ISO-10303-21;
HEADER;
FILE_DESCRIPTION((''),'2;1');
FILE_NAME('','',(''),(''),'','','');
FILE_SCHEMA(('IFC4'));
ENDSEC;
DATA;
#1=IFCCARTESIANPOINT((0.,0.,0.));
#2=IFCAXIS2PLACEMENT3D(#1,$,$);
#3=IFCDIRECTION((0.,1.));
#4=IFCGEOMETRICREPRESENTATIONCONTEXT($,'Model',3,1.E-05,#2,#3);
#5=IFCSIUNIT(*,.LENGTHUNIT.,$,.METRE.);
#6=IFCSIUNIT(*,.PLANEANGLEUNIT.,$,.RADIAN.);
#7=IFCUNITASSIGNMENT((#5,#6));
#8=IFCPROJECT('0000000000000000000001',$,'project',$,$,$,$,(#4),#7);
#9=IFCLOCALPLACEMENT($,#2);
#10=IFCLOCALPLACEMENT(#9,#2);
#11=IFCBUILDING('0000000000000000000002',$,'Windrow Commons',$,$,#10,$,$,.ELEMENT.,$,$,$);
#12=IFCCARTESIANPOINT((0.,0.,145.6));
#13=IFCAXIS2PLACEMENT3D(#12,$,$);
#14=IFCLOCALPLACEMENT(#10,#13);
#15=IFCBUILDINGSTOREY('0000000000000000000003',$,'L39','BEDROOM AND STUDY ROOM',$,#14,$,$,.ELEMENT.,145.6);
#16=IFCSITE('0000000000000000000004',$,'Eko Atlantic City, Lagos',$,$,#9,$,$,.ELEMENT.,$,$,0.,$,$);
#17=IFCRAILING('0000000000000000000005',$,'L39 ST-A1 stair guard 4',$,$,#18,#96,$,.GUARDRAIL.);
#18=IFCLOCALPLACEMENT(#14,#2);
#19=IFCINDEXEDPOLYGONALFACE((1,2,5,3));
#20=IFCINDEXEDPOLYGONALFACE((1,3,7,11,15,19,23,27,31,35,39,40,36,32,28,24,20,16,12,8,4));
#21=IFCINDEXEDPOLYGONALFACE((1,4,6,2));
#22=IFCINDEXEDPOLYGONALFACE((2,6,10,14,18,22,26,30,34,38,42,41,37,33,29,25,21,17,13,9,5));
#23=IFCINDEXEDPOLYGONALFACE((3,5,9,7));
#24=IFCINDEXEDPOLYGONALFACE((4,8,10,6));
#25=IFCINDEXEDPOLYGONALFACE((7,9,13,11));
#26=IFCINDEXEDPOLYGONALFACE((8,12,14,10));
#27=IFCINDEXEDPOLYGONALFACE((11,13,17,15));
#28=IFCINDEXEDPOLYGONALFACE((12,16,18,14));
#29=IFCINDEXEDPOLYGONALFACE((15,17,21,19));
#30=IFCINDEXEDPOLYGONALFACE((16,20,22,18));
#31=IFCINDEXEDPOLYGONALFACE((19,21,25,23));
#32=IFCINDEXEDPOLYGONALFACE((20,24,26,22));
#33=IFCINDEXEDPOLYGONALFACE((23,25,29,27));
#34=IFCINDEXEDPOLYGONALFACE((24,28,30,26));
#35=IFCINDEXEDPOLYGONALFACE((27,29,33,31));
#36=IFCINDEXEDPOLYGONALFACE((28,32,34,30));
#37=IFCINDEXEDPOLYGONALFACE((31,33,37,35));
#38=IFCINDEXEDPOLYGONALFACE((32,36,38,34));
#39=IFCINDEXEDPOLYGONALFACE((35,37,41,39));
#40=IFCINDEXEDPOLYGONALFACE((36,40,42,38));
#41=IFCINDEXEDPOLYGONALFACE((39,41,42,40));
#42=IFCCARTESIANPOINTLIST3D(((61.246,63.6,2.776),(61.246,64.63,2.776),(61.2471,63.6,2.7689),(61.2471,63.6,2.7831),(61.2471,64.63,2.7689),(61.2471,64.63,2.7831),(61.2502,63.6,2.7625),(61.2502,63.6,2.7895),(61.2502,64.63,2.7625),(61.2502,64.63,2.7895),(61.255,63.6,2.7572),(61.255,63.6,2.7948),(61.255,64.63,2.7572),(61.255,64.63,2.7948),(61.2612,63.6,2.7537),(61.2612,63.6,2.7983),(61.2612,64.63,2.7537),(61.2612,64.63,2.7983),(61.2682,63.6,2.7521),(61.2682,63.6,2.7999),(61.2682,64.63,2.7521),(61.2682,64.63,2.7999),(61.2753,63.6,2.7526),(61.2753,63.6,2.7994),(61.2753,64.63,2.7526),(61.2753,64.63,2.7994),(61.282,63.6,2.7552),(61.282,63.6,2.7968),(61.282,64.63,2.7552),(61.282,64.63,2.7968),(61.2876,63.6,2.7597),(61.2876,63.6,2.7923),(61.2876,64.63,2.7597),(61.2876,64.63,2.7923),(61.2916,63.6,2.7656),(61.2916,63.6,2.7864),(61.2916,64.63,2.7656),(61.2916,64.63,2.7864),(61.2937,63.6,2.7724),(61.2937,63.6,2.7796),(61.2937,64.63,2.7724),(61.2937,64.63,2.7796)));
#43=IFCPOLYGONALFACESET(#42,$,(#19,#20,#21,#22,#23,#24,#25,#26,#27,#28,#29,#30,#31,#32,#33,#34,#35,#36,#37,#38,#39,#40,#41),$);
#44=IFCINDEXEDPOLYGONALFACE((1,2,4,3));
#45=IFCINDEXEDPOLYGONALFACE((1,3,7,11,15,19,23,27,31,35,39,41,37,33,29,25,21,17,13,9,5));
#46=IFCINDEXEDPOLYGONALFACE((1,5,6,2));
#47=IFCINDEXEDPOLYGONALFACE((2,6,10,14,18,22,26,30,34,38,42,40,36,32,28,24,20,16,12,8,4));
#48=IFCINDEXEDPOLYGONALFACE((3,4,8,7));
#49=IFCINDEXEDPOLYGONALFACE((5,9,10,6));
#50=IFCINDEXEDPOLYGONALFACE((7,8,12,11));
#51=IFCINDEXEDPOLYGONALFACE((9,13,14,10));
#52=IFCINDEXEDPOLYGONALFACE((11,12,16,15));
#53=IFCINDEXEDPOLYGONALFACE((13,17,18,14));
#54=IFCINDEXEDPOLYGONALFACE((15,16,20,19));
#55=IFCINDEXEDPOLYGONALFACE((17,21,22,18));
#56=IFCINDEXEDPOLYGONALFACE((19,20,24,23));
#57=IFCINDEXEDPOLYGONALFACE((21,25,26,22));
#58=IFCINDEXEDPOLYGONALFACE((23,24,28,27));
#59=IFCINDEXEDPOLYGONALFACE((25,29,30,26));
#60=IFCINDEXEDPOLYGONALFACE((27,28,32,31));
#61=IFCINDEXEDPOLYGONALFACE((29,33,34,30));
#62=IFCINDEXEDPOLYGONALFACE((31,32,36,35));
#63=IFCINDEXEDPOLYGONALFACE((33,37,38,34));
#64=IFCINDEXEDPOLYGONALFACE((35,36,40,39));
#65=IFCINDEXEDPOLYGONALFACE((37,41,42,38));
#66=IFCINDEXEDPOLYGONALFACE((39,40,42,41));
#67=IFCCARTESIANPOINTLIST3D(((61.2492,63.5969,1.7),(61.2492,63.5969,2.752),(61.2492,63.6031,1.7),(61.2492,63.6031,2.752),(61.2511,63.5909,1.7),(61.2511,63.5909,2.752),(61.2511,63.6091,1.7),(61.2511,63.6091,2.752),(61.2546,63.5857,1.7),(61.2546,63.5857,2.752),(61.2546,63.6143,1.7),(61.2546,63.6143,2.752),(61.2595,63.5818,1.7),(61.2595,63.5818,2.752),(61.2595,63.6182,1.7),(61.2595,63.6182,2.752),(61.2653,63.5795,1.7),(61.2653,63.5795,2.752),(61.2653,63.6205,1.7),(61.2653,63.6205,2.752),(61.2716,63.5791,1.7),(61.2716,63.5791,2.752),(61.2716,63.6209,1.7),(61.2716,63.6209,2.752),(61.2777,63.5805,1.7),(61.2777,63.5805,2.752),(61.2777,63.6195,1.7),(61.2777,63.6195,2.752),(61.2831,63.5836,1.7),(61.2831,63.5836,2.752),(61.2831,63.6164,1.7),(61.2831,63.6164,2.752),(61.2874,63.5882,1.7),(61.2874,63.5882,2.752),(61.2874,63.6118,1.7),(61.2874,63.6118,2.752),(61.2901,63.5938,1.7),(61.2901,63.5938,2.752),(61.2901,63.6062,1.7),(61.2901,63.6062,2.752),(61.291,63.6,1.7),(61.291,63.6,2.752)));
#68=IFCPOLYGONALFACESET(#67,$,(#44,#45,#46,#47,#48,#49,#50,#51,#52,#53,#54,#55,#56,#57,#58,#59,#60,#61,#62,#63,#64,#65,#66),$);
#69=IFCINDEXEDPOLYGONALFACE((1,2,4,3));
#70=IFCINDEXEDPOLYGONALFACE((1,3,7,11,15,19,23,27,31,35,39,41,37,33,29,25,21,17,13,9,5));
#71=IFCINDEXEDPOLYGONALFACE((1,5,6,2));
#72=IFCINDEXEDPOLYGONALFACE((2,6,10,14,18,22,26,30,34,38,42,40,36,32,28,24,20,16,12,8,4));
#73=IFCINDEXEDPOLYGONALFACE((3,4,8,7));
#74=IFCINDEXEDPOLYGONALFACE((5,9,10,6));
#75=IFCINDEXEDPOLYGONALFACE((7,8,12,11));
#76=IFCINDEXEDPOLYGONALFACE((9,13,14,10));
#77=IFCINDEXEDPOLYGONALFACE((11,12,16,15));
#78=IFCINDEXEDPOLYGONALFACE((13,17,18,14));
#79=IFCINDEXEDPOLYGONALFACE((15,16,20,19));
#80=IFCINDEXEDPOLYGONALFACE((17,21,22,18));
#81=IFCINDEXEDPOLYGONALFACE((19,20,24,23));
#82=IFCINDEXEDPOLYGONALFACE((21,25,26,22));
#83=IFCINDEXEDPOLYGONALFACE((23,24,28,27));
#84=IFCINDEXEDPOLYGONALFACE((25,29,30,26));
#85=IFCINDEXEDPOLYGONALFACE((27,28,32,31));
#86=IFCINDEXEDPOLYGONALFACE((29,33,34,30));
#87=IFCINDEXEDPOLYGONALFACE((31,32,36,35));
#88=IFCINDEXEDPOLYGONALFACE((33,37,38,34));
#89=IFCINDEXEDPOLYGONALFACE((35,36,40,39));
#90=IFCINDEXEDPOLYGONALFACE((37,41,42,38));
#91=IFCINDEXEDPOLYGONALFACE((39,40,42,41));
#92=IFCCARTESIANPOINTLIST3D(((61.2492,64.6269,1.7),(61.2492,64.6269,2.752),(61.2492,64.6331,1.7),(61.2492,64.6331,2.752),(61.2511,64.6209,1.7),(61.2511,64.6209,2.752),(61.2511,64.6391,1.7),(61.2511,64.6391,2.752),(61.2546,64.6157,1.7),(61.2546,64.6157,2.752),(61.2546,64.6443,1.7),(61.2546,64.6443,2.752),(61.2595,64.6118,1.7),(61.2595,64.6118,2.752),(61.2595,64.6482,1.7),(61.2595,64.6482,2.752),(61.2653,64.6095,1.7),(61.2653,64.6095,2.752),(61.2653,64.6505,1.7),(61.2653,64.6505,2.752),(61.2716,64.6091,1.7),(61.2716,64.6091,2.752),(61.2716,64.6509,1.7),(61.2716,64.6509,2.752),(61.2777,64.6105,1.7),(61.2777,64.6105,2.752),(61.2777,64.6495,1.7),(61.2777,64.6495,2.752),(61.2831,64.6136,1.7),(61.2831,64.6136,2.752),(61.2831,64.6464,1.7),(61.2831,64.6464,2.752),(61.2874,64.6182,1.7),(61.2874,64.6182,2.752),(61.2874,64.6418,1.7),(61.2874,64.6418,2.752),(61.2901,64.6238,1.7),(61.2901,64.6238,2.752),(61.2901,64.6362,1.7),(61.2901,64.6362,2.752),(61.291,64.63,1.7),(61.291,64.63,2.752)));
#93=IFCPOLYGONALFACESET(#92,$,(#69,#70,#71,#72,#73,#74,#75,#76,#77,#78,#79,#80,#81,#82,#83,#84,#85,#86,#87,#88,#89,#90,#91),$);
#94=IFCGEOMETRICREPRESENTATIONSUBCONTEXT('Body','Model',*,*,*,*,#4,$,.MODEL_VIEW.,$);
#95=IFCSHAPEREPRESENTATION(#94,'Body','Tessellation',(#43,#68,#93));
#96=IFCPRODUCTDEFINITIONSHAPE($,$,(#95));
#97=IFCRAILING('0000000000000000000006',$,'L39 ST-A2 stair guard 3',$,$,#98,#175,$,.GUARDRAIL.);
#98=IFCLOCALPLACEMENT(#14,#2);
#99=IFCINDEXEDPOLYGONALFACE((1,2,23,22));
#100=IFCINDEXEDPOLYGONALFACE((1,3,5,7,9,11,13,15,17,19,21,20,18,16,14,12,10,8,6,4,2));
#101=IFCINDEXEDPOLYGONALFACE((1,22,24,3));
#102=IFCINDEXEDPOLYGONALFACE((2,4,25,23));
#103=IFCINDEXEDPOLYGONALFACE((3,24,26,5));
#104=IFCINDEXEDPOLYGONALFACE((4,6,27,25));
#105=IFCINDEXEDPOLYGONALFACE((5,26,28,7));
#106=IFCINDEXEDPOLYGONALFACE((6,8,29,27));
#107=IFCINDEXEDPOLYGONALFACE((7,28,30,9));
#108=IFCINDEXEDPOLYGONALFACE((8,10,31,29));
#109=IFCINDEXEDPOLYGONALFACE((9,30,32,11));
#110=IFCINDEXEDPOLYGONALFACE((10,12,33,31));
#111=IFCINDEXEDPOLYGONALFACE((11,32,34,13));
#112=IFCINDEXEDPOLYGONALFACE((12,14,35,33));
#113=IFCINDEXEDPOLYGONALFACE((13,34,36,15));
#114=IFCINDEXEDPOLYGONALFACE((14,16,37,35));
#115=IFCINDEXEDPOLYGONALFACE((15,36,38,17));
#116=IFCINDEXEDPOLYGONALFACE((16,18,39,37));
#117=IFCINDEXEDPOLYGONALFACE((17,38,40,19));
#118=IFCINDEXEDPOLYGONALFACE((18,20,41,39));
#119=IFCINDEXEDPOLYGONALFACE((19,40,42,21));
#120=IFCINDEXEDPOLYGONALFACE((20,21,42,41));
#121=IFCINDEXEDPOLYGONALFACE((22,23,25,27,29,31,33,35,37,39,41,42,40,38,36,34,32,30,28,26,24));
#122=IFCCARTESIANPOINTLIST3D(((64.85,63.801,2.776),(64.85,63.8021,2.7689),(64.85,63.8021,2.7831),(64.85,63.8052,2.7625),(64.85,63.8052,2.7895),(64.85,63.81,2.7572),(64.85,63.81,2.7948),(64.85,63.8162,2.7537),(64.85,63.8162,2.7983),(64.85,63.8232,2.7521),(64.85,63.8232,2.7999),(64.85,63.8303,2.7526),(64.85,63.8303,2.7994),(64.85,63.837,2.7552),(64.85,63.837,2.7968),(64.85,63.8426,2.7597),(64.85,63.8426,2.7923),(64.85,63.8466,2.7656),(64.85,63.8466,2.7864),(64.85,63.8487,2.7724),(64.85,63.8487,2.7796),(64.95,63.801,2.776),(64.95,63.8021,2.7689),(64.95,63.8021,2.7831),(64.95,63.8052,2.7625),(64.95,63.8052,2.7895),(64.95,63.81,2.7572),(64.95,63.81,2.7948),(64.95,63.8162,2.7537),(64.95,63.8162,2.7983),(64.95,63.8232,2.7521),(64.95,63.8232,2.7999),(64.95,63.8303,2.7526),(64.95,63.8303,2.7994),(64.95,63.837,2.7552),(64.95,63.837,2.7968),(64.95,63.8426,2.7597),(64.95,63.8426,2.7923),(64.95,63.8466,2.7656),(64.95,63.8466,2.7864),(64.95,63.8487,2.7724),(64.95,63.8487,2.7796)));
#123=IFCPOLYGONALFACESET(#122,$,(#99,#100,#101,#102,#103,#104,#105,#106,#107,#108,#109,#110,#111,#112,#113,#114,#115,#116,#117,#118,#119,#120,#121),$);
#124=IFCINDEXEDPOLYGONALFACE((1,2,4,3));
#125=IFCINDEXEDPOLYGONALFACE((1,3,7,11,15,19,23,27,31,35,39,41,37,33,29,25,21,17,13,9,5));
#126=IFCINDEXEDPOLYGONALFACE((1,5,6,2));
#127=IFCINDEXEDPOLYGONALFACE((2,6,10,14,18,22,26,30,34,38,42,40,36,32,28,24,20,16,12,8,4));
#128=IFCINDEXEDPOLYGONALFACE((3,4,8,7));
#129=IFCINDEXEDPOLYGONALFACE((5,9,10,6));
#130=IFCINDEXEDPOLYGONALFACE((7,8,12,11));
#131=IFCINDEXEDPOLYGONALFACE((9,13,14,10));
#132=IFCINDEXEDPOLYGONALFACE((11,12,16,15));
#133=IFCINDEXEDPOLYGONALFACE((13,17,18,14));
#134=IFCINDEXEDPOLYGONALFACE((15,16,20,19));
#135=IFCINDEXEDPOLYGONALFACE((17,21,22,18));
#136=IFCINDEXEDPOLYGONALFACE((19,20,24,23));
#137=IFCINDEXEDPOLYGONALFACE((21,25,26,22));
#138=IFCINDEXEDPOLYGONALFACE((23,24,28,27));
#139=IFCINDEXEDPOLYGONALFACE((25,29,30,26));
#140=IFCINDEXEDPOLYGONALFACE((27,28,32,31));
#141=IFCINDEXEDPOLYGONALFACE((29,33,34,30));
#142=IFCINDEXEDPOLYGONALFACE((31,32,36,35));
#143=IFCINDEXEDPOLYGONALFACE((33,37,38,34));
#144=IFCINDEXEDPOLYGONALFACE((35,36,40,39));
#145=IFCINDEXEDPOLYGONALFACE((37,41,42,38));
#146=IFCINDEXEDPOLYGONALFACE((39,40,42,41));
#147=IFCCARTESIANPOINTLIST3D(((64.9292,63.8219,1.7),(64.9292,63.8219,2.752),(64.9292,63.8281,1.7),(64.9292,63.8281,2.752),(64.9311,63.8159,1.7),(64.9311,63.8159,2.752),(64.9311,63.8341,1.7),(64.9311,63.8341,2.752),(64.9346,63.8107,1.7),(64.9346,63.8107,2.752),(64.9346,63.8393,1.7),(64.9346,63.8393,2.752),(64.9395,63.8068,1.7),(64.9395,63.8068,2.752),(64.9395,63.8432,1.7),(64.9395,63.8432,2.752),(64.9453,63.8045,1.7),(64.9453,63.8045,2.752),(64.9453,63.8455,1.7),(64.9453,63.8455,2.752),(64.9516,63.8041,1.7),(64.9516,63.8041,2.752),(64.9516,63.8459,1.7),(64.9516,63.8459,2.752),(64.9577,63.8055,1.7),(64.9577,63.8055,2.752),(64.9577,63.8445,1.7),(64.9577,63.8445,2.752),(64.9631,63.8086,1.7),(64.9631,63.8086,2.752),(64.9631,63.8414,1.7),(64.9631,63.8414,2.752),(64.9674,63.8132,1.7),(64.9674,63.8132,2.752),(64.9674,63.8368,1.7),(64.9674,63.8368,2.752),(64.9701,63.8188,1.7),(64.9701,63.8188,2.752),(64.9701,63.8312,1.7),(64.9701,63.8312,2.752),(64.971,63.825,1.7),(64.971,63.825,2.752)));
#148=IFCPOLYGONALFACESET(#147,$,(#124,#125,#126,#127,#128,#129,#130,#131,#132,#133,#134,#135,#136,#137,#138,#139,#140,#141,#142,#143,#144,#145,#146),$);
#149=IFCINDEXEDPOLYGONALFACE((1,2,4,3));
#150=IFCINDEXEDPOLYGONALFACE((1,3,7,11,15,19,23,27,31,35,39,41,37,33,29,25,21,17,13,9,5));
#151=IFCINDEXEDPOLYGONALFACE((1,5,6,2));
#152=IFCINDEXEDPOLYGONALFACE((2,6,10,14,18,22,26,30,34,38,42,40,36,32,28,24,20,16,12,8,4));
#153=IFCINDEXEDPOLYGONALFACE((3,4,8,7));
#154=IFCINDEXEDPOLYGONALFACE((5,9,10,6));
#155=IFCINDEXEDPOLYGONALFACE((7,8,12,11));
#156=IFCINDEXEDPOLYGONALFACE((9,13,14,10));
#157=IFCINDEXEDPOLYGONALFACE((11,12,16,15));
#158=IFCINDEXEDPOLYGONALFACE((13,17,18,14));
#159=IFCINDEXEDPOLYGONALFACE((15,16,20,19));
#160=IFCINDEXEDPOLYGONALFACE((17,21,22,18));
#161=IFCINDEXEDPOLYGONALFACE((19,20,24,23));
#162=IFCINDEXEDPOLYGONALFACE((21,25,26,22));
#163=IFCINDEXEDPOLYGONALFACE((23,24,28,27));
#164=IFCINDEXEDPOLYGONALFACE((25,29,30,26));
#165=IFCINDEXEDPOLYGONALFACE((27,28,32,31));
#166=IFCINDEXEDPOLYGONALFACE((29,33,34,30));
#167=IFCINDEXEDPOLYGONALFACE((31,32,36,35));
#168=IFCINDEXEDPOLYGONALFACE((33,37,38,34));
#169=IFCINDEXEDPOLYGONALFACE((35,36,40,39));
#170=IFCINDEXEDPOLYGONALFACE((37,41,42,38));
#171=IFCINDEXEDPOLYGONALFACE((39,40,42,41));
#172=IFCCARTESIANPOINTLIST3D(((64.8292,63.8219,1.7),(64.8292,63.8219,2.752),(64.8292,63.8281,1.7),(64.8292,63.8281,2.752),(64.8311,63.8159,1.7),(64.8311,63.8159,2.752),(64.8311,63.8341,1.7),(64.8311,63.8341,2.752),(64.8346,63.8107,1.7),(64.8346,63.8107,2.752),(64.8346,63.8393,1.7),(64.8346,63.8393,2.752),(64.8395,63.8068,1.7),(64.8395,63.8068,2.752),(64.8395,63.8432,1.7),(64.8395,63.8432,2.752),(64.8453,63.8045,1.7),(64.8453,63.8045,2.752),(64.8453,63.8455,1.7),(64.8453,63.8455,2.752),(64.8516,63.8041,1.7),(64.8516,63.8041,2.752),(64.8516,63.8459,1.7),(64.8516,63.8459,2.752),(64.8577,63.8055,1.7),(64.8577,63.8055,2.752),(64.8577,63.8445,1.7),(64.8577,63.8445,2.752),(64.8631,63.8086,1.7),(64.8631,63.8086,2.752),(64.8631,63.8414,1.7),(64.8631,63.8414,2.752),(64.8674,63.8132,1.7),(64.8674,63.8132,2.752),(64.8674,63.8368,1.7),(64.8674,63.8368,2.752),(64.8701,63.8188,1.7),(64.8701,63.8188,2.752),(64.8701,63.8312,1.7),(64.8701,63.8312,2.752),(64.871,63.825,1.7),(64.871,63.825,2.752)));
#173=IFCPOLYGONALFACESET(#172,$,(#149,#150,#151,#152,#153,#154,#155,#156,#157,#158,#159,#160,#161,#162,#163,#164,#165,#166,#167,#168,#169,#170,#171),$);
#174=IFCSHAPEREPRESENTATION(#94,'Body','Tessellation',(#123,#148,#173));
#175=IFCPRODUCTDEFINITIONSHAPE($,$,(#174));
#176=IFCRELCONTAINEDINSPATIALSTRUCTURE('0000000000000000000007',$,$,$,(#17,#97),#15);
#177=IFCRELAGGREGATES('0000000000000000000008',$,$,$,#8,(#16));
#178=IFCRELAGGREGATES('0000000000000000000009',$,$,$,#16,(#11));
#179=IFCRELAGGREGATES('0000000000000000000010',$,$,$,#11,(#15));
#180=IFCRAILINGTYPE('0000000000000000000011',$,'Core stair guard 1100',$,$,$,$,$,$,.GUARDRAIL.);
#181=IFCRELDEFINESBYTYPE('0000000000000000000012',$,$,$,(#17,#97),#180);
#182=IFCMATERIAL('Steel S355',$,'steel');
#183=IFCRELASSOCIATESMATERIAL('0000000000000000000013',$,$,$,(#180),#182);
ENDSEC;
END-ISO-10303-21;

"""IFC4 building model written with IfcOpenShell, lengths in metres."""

from ifc_helpers import new_model, si_unit, direction, frame, origin, origin_2d, place, context, subcontext, project, spatial, circle, extrude, material, type_object, element, save


model = new_model("IFC4")

# Units and contexts
model_context = context("Model", 3, precision=1e-05, world=origin(), true_north=direction((0.0, 1.0)))
body_context = subcontext(model_context, "Body", "Model", "MODEL_VIEW")
ifc_project = project(units=[si_unit("LENGTHUNIT", "METRE"), si_unit("PLANEANGLEUNIT", "RADIAN")], contexts=[model_context])

# Site, building, storey
site_placement = place(None, origin())
site = spatial("IfcSite", under=ifc_project, at=site_placement, Name="Eko Atlantic City, Lagos", CompositionType="ELEMENT", RefElevation=0.0)
building_placement = place(site_placement, origin())
building = spatial("IfcBuilding", under=site, at=building_placement, Name="Windrow Commons", CompositionType="ELEMENT")
storey_placement = place(building_placement, frame((0.0, 0.0, 145.6)))
storey = spatial("IfcBuildingStorey", under=building, at=storey_placement, Name="L39", Description="BEDROOM AND STUDY ROOM", CompositionType="ELEMENT", Elevation=145.6)

# Railings
ifc_material_1 = material(Name="Steel S355", Category="steel")
railing_type_1 = type_object("IfcRailingType", Name="Core stair guard 1100", PredefinedType="GUARDRAIL", material=ifc_material_1)
for number, where, name in (
    (1, (61.27, 63.6, 1.7), "L39 ST-A1 stair guard 4"),
):
    element("IfcRailing", number, at=place(storey_placement, frame(where)), inside=storey, type_object=railing_type_1, Name=name, PredefinedType="GUARDRAIL", context=body_context, shape_type="SweptSolid", body=[
        extrude(circle(Radius=0.024, at=origin_2d()), frame((0.0, 0.0, 1.076), z_axis=(0.0, 1.0, 0.0), x_axis=(-1.0, 0.0, 0.0)), (0.0, 0.0, 1.0), 1.03),
        extrude(circle(Radius=0.021, at=origin_2d()), origin(), (0.0, 0.0, 1.0), 1.052),
        extrude(circle(Radius=0.021, at=origin_2d()), frame((0.0, 1.03, 0.0)), (0.0, 0.0, 1.0), 1.052),
    ])
railing_1_placement = place(storey_placement, frame((64.95, 63.825, 1.7)))
element("IfcRailing", 2, at=railing_1_placement, inside=storey, type_object=railing_type_1, Name="L39 ST-A2 stair guard 3", PredefinedType="GUARDRAIL", context=body_context, shape_type="SweptSolid", body=[
    extrude(circle(Radius=0.024, at=origin_2d()), frame((0.0, 0.0, 1.076), z_axis=(-1.0, 0.0, 0.0), x_axis=(0.0, -1.0, 0.0)), (0.0, 0.0, 1.0), 0.1),
    extrude(circle(Radius=0.021, at=origin_2d()), origin(), (0.0, 0.0, 1.0), 1.052),
    extrude(circle(Radius=0.021, at=origin_2d()), frame((-0.1, 0.0, 0.0)), (0.0, 0.0, 1.0), 1.052),
])

save(model, "model.ifc")
